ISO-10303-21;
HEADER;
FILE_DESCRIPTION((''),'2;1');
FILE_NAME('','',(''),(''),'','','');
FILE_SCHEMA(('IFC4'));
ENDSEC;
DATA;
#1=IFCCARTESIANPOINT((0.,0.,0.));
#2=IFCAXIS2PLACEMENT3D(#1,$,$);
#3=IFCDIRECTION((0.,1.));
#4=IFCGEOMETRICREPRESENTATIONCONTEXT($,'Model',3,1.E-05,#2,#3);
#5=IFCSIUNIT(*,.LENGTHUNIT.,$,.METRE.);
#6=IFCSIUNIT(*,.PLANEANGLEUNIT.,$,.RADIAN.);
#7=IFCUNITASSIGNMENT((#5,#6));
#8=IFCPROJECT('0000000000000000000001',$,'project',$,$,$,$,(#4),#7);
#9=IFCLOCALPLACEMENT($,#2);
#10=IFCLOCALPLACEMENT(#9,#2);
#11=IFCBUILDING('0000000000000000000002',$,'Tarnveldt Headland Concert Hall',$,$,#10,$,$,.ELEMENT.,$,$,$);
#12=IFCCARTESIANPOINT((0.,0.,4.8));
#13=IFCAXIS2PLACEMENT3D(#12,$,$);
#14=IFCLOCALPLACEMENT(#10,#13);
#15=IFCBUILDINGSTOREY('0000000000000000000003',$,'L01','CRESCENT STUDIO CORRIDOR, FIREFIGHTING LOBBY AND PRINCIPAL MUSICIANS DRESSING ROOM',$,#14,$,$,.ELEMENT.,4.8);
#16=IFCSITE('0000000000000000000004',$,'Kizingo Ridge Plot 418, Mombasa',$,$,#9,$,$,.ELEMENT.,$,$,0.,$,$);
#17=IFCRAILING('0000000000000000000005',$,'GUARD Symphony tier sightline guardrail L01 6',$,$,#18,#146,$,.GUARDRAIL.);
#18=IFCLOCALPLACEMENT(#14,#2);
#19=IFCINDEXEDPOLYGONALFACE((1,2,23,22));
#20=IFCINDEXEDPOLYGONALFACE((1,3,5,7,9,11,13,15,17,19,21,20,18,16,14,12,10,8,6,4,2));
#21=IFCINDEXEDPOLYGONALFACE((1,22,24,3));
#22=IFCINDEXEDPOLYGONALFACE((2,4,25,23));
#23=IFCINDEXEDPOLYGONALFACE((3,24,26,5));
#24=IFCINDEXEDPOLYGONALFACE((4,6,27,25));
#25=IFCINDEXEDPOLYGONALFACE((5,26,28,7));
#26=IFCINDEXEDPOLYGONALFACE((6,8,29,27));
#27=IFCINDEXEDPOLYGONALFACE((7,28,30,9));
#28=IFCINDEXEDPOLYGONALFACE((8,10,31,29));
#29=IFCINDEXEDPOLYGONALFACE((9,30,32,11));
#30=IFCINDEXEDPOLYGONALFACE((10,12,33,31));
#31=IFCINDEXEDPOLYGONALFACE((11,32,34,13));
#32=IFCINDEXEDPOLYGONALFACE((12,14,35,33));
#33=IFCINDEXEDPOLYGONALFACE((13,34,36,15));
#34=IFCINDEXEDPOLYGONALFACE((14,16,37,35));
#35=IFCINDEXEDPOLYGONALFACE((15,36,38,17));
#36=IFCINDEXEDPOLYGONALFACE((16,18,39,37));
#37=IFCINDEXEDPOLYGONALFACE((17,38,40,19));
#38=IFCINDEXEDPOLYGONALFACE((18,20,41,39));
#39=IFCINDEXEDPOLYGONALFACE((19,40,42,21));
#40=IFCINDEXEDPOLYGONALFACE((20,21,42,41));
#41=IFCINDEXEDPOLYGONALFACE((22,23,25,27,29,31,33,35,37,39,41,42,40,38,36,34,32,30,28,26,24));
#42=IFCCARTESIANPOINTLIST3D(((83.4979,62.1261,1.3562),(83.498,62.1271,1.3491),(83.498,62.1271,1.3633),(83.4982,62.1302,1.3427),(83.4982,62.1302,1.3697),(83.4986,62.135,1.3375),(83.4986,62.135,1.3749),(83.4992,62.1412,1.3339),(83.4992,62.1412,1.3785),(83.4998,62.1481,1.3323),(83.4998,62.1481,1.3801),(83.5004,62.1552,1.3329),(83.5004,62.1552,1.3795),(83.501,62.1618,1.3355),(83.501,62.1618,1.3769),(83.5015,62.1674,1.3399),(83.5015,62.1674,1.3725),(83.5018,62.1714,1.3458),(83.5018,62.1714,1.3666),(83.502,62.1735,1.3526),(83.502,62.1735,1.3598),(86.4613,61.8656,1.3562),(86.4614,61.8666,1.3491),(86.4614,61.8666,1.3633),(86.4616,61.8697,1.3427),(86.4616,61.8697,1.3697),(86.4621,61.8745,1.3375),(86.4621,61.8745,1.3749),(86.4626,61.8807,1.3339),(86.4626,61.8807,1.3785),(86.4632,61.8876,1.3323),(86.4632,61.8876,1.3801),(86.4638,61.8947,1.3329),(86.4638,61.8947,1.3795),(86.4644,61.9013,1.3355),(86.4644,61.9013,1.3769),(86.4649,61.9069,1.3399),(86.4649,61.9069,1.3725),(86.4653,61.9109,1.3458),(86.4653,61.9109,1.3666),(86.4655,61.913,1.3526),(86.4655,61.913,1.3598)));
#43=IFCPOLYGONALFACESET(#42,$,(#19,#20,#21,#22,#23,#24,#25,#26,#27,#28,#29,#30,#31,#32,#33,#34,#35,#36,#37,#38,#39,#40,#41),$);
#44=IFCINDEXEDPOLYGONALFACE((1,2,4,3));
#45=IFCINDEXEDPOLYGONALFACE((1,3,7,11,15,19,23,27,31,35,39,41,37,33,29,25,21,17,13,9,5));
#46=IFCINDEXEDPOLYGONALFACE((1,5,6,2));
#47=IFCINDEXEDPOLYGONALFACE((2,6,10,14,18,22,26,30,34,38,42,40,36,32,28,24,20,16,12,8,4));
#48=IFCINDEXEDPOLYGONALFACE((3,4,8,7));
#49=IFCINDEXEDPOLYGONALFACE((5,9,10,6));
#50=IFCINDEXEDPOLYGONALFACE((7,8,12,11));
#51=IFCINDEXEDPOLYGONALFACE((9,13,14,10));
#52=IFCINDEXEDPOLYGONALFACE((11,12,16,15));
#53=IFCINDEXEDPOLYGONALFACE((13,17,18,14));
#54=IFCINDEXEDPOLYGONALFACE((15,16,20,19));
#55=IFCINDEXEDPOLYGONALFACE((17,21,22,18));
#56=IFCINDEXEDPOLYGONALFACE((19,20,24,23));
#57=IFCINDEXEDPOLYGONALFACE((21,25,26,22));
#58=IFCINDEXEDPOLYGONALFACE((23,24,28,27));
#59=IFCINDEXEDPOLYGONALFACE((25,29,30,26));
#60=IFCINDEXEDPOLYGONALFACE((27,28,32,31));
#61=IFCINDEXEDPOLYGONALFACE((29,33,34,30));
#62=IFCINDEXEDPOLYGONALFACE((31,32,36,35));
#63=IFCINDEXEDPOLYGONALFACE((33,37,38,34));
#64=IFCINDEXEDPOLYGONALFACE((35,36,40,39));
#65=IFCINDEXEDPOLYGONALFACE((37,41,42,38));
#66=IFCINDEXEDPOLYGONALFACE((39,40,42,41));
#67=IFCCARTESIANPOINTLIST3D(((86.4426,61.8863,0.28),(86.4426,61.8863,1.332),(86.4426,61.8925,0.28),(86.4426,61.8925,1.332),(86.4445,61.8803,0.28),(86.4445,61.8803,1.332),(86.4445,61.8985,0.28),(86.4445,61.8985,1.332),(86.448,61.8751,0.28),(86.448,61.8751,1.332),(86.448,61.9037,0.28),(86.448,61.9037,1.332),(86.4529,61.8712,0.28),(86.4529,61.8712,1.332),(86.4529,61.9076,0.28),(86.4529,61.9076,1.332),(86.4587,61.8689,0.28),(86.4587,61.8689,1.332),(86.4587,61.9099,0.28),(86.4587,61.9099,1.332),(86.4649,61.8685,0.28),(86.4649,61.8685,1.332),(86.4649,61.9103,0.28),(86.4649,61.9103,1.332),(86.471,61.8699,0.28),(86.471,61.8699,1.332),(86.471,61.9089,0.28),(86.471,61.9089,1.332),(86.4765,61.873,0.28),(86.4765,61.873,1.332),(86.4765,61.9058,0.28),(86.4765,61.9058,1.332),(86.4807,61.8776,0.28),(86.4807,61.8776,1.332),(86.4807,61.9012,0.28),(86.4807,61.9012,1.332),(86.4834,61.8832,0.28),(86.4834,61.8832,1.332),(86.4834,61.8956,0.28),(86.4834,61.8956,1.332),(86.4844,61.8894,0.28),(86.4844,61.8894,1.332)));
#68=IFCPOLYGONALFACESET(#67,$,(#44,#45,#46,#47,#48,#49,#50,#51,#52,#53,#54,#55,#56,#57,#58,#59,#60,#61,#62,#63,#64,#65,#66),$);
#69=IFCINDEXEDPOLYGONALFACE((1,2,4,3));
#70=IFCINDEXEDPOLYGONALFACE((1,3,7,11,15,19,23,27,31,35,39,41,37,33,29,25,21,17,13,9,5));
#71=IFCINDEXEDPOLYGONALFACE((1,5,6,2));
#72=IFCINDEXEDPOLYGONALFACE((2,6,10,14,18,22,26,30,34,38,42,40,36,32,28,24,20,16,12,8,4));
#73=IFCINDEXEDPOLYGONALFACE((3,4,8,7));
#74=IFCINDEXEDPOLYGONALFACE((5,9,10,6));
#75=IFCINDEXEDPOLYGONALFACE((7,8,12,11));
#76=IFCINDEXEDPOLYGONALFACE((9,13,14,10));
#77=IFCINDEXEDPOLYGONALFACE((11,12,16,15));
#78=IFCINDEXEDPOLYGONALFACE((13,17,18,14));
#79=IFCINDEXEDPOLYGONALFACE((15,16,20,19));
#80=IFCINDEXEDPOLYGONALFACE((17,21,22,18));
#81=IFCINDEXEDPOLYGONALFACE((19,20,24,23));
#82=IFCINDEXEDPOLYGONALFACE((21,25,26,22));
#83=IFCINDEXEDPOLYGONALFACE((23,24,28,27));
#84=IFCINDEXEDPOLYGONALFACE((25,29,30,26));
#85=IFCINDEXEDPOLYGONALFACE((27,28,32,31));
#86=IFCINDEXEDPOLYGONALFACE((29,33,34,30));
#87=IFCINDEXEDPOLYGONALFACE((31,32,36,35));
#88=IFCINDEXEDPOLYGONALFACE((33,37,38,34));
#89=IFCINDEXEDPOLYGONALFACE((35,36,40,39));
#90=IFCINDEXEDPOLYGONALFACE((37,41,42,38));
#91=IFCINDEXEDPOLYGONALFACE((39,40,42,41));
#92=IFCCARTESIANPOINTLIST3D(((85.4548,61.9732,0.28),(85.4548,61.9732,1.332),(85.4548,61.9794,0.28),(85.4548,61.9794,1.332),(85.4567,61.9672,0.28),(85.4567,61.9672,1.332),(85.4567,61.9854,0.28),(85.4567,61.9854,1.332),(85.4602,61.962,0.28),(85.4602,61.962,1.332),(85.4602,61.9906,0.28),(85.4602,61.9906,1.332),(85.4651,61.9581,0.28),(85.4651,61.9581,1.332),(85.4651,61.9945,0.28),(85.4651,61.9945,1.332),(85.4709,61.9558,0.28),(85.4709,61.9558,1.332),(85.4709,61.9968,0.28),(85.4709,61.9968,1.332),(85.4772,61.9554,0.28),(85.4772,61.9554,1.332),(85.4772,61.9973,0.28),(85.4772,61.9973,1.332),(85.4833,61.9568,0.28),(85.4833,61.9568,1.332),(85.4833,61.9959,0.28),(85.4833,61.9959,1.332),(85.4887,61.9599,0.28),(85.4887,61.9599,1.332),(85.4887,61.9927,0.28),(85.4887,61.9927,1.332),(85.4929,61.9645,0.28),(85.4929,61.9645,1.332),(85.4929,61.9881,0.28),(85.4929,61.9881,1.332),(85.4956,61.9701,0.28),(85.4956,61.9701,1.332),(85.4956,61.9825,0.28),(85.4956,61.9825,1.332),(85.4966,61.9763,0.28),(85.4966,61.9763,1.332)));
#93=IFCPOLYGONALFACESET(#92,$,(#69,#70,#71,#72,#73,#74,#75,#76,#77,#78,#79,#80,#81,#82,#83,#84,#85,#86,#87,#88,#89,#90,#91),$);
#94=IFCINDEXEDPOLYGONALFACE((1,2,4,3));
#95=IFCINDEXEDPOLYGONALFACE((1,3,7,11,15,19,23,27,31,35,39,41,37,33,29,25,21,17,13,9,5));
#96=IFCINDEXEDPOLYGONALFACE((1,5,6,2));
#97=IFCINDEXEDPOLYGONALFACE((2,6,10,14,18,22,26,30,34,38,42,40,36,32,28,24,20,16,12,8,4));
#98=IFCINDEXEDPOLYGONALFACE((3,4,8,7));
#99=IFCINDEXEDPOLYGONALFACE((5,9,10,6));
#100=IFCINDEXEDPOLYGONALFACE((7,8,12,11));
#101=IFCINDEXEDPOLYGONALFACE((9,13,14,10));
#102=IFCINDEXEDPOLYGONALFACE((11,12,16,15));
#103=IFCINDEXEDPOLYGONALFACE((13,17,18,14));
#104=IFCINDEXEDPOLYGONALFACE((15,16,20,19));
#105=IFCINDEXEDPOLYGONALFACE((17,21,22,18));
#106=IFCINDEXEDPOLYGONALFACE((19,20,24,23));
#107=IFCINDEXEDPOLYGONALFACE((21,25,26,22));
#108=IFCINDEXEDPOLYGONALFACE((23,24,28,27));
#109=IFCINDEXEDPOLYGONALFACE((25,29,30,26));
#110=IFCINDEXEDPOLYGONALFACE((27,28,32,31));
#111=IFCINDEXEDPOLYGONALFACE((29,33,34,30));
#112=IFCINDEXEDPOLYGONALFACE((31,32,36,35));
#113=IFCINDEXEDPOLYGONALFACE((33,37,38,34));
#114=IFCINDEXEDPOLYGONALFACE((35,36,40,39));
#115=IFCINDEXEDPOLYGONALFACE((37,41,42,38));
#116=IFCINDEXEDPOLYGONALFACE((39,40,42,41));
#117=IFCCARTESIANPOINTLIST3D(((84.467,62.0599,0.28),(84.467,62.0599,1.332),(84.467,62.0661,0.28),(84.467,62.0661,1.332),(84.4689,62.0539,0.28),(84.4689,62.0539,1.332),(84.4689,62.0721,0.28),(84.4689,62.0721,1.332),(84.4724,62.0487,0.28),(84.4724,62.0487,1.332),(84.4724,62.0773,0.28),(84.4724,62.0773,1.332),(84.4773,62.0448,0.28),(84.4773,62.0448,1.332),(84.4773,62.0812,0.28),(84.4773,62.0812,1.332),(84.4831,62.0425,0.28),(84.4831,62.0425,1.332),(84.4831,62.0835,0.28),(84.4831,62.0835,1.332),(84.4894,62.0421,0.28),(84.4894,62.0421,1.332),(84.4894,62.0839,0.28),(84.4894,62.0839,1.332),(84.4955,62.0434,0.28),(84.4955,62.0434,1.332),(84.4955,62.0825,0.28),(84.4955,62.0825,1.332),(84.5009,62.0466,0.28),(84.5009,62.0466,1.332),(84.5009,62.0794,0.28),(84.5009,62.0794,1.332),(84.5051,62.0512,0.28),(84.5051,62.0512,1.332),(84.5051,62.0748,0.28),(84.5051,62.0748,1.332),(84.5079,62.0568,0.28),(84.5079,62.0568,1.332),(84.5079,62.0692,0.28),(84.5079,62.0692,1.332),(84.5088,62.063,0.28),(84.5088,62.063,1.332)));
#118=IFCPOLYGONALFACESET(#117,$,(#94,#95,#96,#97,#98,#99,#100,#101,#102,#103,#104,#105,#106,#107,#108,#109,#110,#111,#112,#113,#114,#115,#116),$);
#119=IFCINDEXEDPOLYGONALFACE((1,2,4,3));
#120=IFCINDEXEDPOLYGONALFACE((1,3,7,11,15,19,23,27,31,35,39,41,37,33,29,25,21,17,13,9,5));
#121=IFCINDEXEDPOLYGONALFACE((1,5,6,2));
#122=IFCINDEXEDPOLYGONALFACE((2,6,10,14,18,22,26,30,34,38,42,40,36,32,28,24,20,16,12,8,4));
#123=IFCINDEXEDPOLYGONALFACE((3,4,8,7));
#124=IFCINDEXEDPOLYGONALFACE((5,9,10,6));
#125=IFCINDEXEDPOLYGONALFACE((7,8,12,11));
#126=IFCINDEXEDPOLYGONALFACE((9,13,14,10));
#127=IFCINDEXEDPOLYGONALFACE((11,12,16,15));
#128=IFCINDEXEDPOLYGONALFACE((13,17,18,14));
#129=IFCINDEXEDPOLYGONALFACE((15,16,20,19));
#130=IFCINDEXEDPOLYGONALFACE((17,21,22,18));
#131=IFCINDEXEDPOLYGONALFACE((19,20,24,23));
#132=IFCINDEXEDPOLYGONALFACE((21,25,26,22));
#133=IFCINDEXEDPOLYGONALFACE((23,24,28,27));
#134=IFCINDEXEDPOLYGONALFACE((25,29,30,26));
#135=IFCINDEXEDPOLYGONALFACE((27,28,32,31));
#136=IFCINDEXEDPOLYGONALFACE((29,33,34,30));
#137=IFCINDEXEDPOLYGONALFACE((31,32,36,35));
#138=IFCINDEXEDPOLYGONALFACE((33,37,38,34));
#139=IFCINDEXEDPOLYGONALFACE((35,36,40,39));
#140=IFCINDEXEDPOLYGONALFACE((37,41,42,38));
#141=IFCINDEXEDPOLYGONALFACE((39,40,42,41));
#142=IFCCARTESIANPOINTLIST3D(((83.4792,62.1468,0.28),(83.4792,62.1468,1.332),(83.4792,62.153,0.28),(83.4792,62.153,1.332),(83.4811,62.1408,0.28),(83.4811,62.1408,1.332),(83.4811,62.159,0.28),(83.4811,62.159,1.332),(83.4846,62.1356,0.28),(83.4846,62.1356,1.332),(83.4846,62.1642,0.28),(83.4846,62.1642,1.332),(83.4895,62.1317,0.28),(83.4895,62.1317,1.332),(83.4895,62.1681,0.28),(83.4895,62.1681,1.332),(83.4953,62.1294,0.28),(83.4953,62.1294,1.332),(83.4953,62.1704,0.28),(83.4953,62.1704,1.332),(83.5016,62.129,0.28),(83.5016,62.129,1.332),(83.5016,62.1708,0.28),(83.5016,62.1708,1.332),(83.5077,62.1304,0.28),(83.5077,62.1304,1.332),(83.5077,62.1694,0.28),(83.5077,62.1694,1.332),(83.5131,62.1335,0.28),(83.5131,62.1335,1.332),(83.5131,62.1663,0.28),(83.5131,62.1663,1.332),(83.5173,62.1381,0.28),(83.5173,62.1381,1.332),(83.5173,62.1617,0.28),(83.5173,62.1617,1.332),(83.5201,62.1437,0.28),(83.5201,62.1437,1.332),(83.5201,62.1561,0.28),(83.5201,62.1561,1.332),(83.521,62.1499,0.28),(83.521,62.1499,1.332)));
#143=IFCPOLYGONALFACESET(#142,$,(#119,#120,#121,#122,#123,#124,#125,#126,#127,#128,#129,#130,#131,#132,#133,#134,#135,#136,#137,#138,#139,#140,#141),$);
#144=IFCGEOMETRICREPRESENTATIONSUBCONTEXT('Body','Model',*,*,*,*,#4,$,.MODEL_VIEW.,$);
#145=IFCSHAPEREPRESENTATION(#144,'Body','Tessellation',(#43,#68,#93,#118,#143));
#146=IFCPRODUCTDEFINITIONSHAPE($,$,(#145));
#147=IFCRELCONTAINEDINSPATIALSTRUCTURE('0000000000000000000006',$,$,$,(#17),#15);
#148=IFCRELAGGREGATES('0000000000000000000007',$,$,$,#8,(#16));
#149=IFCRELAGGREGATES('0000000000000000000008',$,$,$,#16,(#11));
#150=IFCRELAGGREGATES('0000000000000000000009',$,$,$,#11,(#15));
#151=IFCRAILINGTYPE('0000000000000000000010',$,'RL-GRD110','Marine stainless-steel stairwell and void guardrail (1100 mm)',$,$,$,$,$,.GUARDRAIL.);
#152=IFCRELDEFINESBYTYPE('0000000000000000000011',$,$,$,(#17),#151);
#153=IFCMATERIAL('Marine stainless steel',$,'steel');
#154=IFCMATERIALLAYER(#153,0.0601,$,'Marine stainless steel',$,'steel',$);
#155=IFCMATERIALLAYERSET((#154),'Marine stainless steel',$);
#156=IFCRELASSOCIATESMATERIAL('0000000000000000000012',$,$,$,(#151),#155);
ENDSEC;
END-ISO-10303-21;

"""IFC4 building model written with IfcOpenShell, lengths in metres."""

from ifc_helpers import new_model, si_unit, direction, frame, origin, origin_2d, place, context, subcontext, project, spatial, circle, extrude, material, layer, layer_set, type_object, element, save


model = new_model("IFC4")

# Units and contexts
model_context = context("Model", 3, precision=1e-05, world=origin(), true_north=direction((0.0, 1.0)))
body_context = subcontext(model_context, "Body", "Model", "MODEL_VIEW")
ifc_project = project(units=[si_unit("LENGTHUNIT", "METRE"), si_unit("PLANEANGLEUNIT", "RADIAN")], contexts=[model_context])

# Site, building, storey
site_placement = place(None, origin())
site = spatial("IfcSite", under=ifc_project, at=site_placement, Name="Kizingo Ridge Plot 418, Mombasa", CompositionType="ELEMENT", RefElevation=0.0)
building_placement = place(site_placement, origin())
building = spatial("IfcBuilding", under=site, at=building_placement, Name="Tarnveldt Headland Concert Hall", CompositionType="ELEMENT")
storey_placement = place(building_placement, frame((0.0, 0.0, 4.8)))
storey = spatial("IfcBuildingStorey", under=building, at=storey_placement, Name="L01", Description="CRESCENT STUDIO CORRIDOR, FIREFIGHTING LOBBY AND PRINCIPAL MUSICIANS DRESSING ROOM", CompositionType="ELEMENT", Elevation=4.8)

# Railing
ifc_material_1 = material(Name="Marine stainless steel", Category="steel")
ifc_layer_1 = layer(ifc_material_1, 0.0601, Name="Marine stainless steel", Category="steel")
ifc_layer_set_1 = layer_set([ifc_layer_1], Name="Marine stainless steel")
railing_type = type_object("IfcRailingType", Name="RL-GRD110", Description="Marine stainless-steel stairwell and void guardrail (1100 mm)", PredefinedType="GUARDRAIL", material=ifc_layer_set_1)
railing_1_placement = place(storey_placement, frame((86.4634, 61.8894, 0.28)))
element("IfcRailing", 1, at=railing_1_placement, inside=storey, type_object=railing_type, Name="GUARD Symphony tier sightline guardrail L01 6", PredefinedType="GUARDRAIL", context=body_context, shape_type="SweptSolid", body=[
    extrude(circle(Radius=0.0239, at=origin_2d()), frame((0.0, 0.0, 1.0762), z_axis=(-0.996159, 0.087568, 0.0), x_axis=(-0.087568, -0.996159, 0.0)), (0.0, 0.0, 1.0), 2.9749),
    extrude(circle(Radius=0.021, at=origin_2d()), origin(), (0.0, 0.0, 1.0), 1.052),
    extrude(circle(Radius=0.021, at=origin_2d()), frame((-0.9878, 0.0869, 0.0)), (0.0, 0.0, 1.0), 1.052),
    extrude(circle(Radius=0.021, at=origin_2d()), frame((-1.9756, 0.1736, 0.0)), (0.0, 0.0, 1.0), 1.052),
    extrude(circle(Radius=0.021, at=origin_2d()), frame((-2.9634, 0.2605, 0.0)), (0.0, 0.0, 1.0), 1.052),
])

save(model, "model.ifc")
